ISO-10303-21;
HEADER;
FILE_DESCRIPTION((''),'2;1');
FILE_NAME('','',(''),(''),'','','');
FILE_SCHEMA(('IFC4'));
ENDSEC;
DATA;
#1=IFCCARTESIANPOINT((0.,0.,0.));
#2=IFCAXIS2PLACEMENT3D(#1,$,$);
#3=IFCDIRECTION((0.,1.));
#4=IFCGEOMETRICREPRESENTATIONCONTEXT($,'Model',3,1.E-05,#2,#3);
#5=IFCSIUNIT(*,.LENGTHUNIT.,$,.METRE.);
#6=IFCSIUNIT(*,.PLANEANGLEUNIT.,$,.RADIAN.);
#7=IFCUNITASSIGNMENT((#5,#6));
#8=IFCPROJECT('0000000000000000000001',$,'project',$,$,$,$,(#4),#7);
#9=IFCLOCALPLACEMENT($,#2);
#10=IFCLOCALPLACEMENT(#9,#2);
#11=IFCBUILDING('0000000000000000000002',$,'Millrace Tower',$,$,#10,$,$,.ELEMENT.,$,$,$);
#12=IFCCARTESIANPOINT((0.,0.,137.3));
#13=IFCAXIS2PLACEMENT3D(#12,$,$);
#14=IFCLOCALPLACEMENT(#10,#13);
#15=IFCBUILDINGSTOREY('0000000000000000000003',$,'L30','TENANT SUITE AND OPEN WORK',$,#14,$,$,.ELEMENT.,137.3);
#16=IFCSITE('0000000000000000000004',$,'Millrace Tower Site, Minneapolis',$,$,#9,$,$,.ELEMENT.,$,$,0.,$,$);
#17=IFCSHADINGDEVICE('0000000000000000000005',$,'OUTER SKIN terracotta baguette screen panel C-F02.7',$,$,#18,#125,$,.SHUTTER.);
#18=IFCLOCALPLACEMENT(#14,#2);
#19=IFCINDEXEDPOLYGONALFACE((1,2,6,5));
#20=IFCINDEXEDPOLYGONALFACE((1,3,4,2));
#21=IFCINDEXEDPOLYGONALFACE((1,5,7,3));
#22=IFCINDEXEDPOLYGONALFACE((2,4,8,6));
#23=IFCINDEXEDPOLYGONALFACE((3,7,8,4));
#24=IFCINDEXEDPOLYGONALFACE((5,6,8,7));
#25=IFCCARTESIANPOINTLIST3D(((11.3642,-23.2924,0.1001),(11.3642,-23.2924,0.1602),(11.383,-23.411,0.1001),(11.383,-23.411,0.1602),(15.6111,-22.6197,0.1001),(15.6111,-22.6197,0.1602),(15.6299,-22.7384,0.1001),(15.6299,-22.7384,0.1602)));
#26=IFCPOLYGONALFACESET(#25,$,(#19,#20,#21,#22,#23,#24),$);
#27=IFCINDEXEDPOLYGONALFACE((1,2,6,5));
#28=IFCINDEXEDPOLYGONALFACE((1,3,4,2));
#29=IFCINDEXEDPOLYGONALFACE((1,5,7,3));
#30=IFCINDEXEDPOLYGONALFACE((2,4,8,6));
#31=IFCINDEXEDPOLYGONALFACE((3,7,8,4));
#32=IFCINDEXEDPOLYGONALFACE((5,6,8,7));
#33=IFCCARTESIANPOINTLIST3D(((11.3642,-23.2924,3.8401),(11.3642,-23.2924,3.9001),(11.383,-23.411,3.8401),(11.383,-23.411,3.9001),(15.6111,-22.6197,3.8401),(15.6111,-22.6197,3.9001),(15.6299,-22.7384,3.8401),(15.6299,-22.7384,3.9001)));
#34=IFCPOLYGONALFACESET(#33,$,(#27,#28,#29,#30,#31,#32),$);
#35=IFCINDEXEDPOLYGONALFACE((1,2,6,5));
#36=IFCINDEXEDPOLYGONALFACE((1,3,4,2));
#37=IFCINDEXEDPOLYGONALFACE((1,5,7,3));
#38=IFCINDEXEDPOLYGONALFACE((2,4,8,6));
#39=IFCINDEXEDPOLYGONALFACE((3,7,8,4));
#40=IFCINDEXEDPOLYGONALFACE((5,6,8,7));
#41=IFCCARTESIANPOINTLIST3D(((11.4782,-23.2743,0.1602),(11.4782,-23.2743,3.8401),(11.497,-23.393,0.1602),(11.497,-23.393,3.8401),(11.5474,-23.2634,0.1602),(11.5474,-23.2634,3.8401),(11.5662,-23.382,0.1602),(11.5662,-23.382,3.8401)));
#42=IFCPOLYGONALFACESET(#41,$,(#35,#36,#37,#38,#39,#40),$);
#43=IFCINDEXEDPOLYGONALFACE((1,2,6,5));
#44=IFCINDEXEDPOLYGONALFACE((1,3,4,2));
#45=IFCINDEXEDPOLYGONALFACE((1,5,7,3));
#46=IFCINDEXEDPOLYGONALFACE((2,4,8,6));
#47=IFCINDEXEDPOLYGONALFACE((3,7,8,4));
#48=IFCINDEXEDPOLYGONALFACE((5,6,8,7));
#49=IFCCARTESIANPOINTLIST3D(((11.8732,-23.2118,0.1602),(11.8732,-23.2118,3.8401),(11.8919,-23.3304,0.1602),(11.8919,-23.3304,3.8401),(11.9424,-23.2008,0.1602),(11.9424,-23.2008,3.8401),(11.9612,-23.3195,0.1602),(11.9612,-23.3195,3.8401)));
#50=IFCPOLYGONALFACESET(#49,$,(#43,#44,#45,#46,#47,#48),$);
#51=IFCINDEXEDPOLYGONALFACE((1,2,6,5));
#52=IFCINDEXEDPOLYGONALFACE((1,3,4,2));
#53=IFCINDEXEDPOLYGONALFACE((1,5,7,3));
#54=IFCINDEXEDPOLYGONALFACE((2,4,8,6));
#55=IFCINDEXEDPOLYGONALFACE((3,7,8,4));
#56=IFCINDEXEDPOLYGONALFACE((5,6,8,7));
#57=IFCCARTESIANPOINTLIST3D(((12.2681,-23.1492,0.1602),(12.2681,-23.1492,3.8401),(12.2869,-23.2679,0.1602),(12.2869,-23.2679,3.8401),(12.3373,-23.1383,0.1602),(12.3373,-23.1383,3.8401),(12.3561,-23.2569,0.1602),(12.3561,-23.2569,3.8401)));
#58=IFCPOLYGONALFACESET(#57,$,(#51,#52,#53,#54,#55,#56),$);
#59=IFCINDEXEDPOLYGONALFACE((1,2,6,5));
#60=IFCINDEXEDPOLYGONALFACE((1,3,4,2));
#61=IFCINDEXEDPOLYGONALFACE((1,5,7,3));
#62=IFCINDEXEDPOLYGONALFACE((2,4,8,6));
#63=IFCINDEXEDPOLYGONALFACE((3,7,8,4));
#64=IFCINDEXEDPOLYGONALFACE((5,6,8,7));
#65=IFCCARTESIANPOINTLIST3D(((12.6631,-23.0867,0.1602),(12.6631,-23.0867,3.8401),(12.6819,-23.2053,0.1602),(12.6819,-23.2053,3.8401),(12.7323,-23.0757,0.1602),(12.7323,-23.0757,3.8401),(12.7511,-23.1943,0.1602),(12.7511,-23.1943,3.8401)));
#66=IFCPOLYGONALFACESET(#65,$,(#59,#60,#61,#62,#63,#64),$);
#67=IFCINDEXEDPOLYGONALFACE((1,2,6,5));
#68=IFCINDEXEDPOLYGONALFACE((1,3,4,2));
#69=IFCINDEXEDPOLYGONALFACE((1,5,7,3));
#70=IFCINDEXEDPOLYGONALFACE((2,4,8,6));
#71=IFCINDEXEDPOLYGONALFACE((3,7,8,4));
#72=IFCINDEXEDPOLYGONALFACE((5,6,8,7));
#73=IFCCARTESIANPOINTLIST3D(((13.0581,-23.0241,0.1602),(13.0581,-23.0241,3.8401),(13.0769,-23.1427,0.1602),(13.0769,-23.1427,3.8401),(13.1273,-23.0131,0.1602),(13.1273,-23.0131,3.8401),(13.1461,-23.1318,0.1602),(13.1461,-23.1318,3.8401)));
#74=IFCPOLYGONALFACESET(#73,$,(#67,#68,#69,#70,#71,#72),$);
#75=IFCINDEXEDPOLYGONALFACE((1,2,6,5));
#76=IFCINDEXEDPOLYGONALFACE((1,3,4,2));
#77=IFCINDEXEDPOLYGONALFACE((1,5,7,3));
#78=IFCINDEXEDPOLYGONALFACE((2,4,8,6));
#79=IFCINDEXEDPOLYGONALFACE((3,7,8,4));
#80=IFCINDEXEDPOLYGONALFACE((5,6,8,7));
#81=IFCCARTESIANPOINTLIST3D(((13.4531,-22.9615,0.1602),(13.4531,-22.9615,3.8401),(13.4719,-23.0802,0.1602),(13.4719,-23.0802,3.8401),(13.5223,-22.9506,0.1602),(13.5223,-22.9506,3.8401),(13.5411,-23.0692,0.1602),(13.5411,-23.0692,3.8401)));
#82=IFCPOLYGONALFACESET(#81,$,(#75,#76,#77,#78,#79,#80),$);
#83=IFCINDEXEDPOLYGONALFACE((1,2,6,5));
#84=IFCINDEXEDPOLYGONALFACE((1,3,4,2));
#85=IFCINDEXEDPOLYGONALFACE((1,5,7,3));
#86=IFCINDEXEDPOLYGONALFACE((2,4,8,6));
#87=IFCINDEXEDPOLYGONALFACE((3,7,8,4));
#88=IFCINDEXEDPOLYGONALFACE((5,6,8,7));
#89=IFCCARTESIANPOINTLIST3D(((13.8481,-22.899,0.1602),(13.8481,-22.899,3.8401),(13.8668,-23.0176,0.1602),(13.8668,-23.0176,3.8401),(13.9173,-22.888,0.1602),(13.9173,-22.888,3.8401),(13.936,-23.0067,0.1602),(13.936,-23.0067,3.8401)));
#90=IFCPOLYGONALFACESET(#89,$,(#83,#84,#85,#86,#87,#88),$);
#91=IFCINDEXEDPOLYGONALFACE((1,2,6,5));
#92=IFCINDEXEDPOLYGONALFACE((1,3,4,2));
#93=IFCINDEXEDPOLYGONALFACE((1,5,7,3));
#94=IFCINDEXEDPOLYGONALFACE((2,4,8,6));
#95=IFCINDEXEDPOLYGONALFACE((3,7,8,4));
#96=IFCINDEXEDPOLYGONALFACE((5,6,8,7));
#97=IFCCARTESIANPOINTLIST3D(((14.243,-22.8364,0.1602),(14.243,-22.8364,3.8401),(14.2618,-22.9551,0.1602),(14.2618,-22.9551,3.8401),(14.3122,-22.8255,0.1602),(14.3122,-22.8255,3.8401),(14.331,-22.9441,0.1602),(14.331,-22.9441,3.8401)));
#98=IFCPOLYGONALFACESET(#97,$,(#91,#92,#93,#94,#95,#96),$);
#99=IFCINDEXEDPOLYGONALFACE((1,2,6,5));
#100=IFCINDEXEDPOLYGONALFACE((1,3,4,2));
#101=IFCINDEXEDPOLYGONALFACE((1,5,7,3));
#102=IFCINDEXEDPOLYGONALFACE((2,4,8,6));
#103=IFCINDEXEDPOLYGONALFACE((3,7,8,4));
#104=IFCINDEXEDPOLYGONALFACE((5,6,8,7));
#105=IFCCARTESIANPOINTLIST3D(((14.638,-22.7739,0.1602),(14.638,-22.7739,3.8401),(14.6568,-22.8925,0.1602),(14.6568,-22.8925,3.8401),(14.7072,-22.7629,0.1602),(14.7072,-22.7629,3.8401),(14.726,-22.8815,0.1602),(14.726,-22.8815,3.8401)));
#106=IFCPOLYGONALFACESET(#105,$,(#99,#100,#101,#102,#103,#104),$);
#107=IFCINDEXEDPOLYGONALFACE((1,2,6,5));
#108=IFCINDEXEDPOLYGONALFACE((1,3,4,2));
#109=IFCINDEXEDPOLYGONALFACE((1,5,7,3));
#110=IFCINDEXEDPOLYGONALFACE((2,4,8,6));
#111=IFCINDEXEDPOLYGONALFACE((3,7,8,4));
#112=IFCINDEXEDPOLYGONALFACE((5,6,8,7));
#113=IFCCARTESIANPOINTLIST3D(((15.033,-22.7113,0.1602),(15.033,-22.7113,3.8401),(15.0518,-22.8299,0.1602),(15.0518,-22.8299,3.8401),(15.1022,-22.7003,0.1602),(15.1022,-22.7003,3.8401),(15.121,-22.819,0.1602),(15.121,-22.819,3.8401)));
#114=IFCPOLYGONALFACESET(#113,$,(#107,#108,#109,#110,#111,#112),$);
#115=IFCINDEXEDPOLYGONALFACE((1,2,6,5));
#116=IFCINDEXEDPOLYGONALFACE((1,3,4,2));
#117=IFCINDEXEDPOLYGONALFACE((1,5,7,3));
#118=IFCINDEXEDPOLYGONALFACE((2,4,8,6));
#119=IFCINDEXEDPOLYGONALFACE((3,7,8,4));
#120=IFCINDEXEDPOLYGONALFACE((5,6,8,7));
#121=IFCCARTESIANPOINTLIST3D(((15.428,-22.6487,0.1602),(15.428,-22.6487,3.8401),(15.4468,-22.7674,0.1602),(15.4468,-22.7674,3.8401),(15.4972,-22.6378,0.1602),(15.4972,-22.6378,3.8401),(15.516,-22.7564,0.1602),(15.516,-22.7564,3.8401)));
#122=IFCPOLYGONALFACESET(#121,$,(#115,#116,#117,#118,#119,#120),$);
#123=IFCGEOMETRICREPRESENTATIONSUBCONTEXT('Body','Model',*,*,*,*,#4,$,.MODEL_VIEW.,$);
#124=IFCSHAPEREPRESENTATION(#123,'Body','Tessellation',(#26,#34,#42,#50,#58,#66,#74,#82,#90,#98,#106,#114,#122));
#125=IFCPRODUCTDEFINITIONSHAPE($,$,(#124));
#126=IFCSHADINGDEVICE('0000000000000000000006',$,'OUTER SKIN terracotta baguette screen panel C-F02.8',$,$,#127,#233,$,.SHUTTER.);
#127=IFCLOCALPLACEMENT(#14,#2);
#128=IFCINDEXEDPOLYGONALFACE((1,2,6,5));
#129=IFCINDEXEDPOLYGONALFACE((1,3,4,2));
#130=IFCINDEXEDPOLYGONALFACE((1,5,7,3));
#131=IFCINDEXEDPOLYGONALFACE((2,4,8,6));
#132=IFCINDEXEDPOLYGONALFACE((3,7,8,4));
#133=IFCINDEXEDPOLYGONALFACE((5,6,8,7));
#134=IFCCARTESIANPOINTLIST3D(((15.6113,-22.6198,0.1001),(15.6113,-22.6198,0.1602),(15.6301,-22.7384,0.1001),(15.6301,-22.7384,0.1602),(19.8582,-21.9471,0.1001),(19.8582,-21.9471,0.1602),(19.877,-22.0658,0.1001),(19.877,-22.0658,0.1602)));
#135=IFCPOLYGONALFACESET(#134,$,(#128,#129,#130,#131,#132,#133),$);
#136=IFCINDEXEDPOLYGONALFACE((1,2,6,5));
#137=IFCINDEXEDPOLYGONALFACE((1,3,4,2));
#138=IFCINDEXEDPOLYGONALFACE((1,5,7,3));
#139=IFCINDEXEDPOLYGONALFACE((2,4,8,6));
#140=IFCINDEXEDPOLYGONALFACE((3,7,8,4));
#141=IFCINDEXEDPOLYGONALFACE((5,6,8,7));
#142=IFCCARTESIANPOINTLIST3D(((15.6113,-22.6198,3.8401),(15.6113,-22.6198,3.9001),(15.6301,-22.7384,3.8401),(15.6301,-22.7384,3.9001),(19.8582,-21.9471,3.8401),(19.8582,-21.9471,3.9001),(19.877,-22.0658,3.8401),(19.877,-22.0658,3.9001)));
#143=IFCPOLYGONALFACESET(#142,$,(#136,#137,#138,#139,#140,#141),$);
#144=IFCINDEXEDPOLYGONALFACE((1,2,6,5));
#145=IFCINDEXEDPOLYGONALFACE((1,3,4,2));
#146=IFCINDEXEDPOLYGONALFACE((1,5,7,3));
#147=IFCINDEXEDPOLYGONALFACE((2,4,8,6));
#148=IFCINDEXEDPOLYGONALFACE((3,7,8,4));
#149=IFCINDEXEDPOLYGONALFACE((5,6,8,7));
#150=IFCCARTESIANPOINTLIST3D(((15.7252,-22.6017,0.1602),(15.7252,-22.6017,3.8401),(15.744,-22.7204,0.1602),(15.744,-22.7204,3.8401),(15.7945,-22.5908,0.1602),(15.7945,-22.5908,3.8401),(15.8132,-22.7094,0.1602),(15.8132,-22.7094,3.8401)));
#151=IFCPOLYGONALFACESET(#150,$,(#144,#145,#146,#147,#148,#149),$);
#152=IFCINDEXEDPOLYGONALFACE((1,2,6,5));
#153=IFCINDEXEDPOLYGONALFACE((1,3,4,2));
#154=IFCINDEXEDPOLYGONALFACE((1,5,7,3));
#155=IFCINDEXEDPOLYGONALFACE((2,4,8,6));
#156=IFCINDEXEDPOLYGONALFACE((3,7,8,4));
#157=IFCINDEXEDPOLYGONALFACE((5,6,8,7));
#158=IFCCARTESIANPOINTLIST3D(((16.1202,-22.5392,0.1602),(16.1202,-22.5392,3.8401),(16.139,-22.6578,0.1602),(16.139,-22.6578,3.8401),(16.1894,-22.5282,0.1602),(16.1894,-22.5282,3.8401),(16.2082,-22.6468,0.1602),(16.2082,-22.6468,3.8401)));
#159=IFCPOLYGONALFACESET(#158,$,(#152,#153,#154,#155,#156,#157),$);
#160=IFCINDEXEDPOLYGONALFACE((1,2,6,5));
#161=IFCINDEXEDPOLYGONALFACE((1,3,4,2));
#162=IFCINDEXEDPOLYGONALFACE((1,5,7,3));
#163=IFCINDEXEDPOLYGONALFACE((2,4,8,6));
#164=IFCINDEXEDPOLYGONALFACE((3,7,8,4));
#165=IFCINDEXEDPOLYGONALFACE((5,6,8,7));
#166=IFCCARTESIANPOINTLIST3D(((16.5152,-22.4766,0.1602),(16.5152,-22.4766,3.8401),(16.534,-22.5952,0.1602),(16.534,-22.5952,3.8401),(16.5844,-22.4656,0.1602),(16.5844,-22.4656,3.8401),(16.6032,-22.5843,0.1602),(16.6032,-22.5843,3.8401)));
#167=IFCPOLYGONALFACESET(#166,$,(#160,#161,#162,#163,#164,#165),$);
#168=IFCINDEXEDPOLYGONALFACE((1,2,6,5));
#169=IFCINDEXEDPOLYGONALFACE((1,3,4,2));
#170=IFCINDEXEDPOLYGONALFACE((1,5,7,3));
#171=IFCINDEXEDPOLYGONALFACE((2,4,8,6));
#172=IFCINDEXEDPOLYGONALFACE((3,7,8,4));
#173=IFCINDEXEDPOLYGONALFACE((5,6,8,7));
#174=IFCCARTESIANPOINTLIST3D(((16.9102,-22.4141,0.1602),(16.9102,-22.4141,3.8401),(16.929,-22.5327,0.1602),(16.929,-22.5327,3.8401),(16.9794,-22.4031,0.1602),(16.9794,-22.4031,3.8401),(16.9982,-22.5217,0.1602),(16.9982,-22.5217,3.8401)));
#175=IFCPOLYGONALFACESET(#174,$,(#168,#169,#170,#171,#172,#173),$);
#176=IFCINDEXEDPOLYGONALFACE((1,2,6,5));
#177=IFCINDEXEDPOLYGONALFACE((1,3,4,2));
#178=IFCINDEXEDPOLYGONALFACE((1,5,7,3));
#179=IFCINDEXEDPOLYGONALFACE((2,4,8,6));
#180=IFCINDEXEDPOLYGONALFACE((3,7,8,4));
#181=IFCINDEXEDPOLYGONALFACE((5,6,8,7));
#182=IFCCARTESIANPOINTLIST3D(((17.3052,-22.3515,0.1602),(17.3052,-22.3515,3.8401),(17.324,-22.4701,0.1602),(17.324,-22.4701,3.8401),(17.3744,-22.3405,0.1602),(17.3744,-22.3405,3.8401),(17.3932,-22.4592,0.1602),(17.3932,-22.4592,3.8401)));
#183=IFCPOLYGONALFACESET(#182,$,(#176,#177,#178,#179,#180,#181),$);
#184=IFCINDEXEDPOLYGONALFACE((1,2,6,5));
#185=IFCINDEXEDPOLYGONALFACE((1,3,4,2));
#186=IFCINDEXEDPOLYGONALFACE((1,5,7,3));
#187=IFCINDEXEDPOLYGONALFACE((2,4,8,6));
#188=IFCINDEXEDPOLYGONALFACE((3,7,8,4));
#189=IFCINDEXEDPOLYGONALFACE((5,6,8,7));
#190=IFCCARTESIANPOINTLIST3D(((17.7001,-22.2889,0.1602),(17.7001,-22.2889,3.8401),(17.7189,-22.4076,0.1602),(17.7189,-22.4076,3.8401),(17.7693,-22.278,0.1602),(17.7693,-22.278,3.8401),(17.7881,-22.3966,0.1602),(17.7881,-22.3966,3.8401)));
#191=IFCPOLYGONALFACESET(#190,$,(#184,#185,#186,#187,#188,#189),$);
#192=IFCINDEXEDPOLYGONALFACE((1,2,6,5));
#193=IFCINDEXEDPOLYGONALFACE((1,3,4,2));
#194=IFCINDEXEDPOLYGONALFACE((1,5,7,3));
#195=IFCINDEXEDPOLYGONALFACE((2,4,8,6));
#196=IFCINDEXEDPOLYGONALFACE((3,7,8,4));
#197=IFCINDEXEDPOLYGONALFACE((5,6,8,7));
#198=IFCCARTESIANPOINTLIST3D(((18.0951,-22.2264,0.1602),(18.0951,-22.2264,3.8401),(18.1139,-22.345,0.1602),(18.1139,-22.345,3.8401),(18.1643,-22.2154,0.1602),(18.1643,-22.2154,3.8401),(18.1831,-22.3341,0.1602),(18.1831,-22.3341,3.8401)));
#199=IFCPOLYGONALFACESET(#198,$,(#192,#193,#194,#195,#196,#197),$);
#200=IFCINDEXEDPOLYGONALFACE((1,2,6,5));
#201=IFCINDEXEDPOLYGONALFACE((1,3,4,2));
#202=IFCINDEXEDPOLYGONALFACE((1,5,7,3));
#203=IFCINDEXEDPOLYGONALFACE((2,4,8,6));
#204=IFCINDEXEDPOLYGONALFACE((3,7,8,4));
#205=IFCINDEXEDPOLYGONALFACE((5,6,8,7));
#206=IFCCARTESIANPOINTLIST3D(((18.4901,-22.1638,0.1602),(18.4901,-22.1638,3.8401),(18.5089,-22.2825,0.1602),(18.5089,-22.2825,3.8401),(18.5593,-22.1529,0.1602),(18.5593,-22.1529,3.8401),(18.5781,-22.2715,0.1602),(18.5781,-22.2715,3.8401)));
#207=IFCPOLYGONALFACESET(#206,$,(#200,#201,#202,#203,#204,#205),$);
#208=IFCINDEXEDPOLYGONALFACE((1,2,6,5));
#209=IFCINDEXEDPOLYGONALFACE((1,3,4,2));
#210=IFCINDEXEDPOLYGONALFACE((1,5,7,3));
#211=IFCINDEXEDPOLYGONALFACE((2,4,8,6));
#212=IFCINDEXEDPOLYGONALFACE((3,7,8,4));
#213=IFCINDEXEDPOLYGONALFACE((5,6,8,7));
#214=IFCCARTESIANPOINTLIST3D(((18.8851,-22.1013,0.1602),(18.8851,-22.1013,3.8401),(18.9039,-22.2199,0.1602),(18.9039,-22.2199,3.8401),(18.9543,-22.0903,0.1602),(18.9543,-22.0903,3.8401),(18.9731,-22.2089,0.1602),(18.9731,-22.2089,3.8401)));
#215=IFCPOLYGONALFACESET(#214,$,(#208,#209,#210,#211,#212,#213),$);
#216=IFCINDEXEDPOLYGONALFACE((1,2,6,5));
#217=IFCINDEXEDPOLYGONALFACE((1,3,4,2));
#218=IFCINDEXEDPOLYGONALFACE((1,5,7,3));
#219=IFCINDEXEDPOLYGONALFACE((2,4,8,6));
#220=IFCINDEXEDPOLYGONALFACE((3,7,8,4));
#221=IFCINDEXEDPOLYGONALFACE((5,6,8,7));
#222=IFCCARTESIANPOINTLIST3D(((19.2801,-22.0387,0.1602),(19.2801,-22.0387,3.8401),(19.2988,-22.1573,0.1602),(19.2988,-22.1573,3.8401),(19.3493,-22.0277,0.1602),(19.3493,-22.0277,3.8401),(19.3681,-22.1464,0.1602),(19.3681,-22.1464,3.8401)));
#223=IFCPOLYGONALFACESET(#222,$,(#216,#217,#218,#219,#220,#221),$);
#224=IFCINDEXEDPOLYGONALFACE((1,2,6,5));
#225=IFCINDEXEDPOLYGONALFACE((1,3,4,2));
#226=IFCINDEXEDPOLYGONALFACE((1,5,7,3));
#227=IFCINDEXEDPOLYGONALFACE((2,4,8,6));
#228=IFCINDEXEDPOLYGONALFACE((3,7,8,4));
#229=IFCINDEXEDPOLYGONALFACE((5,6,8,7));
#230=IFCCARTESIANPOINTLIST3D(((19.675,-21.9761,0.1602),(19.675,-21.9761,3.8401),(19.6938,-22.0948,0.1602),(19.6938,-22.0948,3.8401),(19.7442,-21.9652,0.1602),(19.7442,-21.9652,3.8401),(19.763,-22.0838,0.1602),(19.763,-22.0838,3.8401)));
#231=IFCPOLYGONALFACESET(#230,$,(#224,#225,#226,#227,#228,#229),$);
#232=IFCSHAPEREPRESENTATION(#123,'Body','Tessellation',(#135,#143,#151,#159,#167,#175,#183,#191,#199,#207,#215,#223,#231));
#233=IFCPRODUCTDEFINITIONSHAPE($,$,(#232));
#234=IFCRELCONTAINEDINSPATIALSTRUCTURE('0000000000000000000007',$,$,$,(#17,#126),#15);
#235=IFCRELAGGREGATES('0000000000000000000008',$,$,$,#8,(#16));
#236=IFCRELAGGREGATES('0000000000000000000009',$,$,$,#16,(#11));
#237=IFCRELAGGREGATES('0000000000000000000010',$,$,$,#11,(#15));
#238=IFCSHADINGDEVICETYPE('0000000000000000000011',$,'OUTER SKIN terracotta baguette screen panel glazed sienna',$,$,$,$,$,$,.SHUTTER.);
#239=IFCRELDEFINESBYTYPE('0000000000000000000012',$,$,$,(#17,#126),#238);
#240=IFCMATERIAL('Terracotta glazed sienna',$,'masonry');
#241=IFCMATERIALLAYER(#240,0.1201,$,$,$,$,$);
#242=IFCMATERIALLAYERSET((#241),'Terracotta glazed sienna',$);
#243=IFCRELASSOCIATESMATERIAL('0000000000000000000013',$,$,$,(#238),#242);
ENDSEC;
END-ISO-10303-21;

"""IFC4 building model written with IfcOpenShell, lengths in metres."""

from ifc_helpers import new_model, entity, si_unit, direction, frame, frame_2d, origin, origin_2d, place, context, subcontext, project, spatial, rectangle, extrude, source, transform, mapped, material, layer, layer_set, type_object, element, save


model = new_model("IFC4")

# Units and contexts
model_context = context("Model", 3, precision=1e-05, world=origin(), true_north=direction((0.0, 1.0)))
body_context = subcontext(model_context, "Body", "Model", "MODEL_VIEW")
ifc_project = project(units=[si_unit("LENGTHUNIT", "METRE"), si_unit("PLANEANGLEUNIT", "RADIAN")], contexts=[model_context])

# Site, building, storey
site_placement = place(None, origin())
site = spatial("IfcSite", under=ifc_project, at=site_placement, Name="Millrace Tower Site, Minneapolis", CompositionType="ELEMENT", RefElevation=0.0)
building_placement = place(site_placement, origin())
building = spatial("IfcBuilding", under=site, at=building_placement, Name="Millrace Tower", CompositionType="ELEMENT")
storey_placement = place(building_placement, frame((0.0, 0.0, 137.3)))
storey = spatial("IfcBuildingStorey", under=building, at=storey_placement, Name="L30", Description="TENANT SUITE AND OPEN WORK", CompositionType="ELEMENT", Elevation=137.3)

# Shading devices
ifc_material_1 = material(Name="Terracotta glazed sienna", Category="masonry")
ifc_layer_1 = layer(ifc_material_1, 0.1201)
ifc_layer_set_1 = layer_set([ifc_layer_1], Name="Terracotta glazed sienna")
shading_device_type = type_object("IfcShadingDeviceType", Name="OUTER SKIN terracotta baguette screen panel glazed sienna", PredefinedType="SHUTTER", material=ifc_layer_set_1)
cartesian_point_1 = entity("IfcCartesianPoint", [-2.1499, 0.0601])
shared_polyline_1 = entity("IfcPolyline", [cartesian_point_1, entity("IfcCartesianPoint", [2.1499, 0.0601]), entity("IfcCartesianPoint", [2.1499, -0.0601]), entity("IfcCartesianPoint", [-2.1499, -0.0601]), cartesian_point_1])
shared_shape_1 = source(origin(), body_context, "Body", "SweptSolid", [
    entity("IfcExtrudedAreaSolid", entity("IfcArbitraryClosedProfileDef", "AREA", None, shared_polyline_1), entity("IfcAxis2Placement3D", entity("IfcCartesianPoint", [0.0, 0.0, 0.0])), entity("IfcDirection", [0.0, 0.0, 1.0]), 0.0601),
    entity("IfcExtrudedAreaSolid", entity("IfcArbitraryClosedProfileDef", "AREA", None, shared_polyline_1), entity("IfcAxis2Placement3D", entity("IfcCartesianPoint", [0.0, 0.0, 3.74])), entity("IfcDirection", [0.0, 0.0, 1.0]), 0.0601),
    extrude(rectangle(XDim=0.0701, YDim=0.1201, at=frame_2d((-1.9995, 0.0))), frame((0.0, 0.0, 0.0601)), (0.0, 0.0, 1.0), 3.6799),
    extrude(rectangle(XDim=0.0701, YDim=0.1201, at=frame_2d((-1.5996, 0.0))), frame((0.0, 0.0, 0.0601)), (0.0, 0.0, 1.0), 3.6799),
    extrude(rectangle(XDim=0.0701, YDim=0.1201, at=frame_2d((-1.1997, 0.0))), frame((0.0, 0.0, 0.0601)), (0.0, 0.0, 1.0), 3.6799),
    extrude(rectangle(XDim=0.0701, YDim=0.1201, at=frame_2d((-0.7998, 0.0))), frame((0.0, 0.0, 0.0601)), (0.0, 0.0, 1.0), 3.6799),
    extrude(rectangle(XDim=0.0701, YDim=0.1201, at=frame_2d((-0.3999, 0.0))), frame((0.0, 0.0, 0.0601)), (0.0, 0.0, 1.0), 3.6799),
    extrude(rectangle(XDim=0.0701, YDim=0.1201, at=origin_2d()), frame((0.0, 0.0, 0.0601)), (0.0, 0.0, 1.0), 3.6799),
    extrude(rectangle(XDim=0.0701, YDim=0.1201, at=frame_2d((0.3999, 0.0))), frame((0.0, 0.0, 0.0601)), (0.0, 0.0, 1.0), 3.6799),
    extrude(rectangle(XDim=0.0701, YDim=0.1201, at=frame_2d((0.7998, 0.0))), frame((0.0, 0.0, 0.0601)), (0.0, 0.0, 1.0), 3.6799),
    extrude(rectangle(XDim=0.0701, YDim=0.1201, at=frame_2d((1.1997, 0.0))), frame((0.0, 0.0, 0.0601)), (0.0, 0.0, 1.0), 3.6799),
    extrude(rectangle(XDim=0.0701, YDim=0.1201, at=frame_2d((1.5996, 0.0))), frame((0.0, 0.0, 0.0601)), (0.0, 0.0, 1.0), 3.6799),
    extrude(rectangle(XDim=0.0701, YDim=0.1201, at=frame_2d((1.9995, 0.0))), frame((0.0, 0.0, 0.0601)), (0.0, 0.0, 1.0), 3.6799),
])
for number, where, z_axis, x_axis, name in (
    (1, (13.4971, -23.0154, 0.1001), (0.0, 0.0, 1.0), (0.987688, 0.156434, 0.0), "OUTER SKIN terracotta baguette screen panel C-F02.7"),
    (2, (17.7441, -22.3428, 0.1001), (0.0, 0.0, 1.0), (0.987688, 0.156434, 0.0), "OUTER SKIN terracotta baguette screen panel C-F02.8"),
):
    element("IfcShadingDevice", number, at=place(storey_placement, frame(where, z_axis=z_axis, x_axis=x_axis)), inside=storey, type_object=shading_device_type, Name=name, PredefinedType="SHUTTER", context=body_context, shape_type="MappedRepresentation", body=[
        mapped(shared_shape_1, transform((0.0, 0.0, 0.0), scale=1.0)),
    ])

save(model, "model.ifc")
